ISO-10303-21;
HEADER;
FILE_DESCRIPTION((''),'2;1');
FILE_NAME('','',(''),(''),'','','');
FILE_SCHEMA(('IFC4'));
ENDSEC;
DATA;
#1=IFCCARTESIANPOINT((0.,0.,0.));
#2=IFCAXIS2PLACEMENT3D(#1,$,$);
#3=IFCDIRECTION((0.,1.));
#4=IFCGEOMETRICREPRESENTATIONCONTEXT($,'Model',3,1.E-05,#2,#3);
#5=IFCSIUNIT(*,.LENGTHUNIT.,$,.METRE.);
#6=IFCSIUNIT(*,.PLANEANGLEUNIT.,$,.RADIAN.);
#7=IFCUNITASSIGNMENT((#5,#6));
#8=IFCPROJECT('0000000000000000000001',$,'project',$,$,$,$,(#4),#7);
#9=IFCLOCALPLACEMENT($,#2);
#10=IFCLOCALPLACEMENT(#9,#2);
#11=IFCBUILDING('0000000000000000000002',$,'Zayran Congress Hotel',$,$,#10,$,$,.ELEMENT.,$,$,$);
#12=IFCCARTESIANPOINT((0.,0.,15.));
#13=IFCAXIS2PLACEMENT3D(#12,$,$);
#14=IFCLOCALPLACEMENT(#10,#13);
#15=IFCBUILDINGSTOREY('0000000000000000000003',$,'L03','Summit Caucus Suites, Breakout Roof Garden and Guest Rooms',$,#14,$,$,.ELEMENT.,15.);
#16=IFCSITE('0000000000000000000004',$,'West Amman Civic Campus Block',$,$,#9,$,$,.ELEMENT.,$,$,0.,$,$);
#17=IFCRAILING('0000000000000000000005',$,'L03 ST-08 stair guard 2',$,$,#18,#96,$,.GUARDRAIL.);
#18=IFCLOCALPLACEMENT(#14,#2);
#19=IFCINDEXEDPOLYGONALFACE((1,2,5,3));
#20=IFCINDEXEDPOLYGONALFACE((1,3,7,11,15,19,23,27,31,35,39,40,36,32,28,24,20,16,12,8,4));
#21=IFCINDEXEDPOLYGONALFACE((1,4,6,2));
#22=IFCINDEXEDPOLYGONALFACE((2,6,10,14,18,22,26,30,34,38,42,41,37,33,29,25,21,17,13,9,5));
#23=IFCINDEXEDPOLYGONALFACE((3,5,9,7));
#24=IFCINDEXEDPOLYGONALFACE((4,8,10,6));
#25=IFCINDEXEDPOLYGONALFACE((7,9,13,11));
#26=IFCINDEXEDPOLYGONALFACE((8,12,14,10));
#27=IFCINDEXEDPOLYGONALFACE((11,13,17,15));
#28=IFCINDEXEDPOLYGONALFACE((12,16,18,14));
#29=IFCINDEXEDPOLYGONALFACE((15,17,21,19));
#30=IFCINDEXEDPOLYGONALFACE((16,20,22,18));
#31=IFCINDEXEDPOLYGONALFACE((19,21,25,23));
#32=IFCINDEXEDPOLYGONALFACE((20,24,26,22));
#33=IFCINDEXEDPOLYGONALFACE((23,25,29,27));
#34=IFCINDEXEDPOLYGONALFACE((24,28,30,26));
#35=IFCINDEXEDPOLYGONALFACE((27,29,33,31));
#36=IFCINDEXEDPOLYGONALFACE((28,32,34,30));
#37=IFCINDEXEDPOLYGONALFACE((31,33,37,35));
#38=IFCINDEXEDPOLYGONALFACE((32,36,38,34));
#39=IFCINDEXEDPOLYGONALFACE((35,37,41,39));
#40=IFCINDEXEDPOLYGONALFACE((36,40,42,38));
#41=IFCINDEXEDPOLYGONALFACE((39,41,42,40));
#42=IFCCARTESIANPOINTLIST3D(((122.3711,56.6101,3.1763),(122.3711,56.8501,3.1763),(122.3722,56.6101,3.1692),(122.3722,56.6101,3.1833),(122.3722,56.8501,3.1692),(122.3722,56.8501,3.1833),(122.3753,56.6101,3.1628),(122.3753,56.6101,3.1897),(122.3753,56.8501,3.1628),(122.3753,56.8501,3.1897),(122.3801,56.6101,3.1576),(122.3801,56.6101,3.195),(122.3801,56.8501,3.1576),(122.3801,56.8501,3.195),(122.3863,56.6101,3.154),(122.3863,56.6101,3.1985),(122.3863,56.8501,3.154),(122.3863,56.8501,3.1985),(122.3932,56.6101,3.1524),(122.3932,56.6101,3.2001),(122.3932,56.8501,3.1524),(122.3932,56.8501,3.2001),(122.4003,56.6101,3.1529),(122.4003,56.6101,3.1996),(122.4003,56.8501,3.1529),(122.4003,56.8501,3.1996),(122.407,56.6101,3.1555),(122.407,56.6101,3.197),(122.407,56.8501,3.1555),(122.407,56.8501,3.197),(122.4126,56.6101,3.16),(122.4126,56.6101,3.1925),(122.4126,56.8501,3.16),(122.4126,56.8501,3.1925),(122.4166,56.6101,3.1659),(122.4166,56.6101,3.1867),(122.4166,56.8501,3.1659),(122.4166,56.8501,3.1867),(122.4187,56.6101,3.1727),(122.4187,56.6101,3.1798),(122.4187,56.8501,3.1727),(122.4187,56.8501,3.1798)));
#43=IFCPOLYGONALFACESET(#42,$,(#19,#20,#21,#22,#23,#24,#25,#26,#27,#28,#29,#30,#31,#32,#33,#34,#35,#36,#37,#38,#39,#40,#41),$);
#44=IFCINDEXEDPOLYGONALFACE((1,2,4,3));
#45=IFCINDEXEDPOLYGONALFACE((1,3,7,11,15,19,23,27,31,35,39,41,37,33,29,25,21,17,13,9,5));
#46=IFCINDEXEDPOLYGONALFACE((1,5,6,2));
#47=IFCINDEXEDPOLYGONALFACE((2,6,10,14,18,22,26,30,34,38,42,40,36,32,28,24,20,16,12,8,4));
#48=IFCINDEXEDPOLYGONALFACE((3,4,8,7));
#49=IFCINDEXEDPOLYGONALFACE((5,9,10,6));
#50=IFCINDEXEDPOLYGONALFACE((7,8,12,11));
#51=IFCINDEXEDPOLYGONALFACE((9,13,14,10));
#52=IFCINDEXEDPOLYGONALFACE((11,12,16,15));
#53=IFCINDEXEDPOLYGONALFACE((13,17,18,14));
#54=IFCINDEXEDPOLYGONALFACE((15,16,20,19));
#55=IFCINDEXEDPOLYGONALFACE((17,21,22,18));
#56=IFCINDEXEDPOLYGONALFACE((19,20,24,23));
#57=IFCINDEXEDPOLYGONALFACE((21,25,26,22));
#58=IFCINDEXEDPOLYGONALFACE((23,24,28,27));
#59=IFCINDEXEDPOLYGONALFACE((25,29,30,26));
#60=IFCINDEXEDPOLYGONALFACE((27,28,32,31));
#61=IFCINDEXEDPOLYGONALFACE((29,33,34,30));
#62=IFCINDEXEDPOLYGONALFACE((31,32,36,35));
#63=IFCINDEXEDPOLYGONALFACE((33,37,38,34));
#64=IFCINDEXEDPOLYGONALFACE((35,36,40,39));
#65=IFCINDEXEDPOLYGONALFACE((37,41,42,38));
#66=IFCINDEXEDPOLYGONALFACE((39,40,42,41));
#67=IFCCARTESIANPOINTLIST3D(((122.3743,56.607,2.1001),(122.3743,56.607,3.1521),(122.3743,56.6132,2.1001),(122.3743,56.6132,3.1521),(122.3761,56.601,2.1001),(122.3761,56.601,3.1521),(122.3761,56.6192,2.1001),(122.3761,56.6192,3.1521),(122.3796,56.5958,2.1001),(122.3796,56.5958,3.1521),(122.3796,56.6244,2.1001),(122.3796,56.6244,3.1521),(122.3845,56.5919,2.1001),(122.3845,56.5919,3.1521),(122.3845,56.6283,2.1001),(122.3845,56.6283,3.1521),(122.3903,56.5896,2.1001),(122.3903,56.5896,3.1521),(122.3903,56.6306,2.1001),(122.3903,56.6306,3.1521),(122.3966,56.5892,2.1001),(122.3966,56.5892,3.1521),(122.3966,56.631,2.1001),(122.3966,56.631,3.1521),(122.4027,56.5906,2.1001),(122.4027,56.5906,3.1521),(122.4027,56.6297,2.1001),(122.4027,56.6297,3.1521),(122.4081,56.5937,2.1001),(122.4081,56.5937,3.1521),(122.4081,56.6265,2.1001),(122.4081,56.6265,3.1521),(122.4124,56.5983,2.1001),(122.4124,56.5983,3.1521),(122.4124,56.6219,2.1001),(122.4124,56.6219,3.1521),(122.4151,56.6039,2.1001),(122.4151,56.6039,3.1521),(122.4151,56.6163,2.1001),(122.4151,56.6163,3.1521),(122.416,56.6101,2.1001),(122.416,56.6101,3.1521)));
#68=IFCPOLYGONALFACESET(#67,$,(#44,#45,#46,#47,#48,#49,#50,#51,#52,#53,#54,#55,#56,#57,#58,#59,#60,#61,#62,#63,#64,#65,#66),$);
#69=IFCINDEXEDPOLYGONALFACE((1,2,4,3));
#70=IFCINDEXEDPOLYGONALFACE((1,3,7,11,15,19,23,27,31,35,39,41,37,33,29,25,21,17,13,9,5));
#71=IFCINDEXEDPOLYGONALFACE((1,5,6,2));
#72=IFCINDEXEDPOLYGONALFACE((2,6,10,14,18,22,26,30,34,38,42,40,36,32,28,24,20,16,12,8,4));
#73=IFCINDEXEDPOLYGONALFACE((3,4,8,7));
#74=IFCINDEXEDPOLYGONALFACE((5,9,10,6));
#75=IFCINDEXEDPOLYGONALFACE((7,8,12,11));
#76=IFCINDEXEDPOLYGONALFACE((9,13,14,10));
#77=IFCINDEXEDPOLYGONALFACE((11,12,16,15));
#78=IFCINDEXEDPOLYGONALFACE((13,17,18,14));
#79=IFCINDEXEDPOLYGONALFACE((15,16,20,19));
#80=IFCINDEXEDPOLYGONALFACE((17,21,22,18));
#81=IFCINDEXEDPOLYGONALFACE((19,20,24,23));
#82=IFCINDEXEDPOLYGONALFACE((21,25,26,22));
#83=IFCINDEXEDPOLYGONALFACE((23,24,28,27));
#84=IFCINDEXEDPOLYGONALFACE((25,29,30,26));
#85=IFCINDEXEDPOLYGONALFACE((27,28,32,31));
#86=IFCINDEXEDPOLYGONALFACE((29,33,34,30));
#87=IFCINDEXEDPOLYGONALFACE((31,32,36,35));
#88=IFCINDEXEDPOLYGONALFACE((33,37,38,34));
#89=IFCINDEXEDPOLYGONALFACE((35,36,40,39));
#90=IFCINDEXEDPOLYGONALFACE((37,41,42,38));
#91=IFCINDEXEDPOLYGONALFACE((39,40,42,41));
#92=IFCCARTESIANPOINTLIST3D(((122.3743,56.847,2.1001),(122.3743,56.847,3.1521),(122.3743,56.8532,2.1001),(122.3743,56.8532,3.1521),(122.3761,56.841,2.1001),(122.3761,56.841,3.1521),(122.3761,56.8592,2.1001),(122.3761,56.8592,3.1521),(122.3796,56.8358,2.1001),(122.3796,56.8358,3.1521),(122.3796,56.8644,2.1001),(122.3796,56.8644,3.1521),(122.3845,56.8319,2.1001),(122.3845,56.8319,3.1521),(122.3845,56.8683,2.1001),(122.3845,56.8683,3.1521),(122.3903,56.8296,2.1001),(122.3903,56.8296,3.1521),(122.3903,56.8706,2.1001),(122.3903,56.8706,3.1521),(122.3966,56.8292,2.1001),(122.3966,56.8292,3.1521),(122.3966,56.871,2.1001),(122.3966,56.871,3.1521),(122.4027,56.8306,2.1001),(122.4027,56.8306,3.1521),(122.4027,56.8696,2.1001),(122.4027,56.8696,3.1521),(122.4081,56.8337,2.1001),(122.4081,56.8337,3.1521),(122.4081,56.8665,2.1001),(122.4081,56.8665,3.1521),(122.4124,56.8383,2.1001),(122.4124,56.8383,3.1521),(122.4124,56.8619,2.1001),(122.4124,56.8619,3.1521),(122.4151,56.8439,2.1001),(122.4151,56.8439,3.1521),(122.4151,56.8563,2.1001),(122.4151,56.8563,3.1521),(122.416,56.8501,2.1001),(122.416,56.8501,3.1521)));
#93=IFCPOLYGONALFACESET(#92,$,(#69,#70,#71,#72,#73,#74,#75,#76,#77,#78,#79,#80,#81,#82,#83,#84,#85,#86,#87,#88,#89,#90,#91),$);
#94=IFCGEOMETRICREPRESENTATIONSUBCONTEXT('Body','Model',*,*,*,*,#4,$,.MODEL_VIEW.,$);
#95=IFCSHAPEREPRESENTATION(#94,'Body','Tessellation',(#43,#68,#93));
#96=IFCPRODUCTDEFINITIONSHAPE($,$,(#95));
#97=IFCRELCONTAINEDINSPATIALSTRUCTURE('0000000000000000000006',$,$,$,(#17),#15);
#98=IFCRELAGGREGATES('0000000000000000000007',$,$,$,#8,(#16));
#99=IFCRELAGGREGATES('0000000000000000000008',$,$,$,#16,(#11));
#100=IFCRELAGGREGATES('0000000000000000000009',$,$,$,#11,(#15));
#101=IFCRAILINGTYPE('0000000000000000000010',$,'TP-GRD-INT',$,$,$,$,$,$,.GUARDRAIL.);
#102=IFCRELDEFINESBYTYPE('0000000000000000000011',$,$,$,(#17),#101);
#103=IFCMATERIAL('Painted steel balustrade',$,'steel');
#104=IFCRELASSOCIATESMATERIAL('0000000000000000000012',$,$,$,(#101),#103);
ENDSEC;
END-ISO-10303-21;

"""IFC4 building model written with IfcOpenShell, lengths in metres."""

from ifc_helpers import new_model, si_unit, direction, frame, origin, origin_2d, place, context, subcontext, project, spatial, circle, extrude, material, type_object, element, save


model = new_model("IFC4")

# Units and contexts
model_context = context("Model", 3, precision=1e-05, world=origin(), true_north=direction((0.0, 1.0)))
body_context = subcontext(model_context, "Body", "Model", "MODEL_VIEW")
ifc_project = project(units=[si_unit("LENGTHUNIT", "METRE"), si_unit("PLANEANGLEUNIT", "RADIAN")], contexts=[model_context])

# Site, building, storey
site_placement = place(None, origin())
site = spatial("IfcSite", under=ifc_project, at=site_placement, Name="West Amman Civic Campus Block", CompositionType="ELEMENT", RefElevation=0.0)
building_placement = place(site_placement, origin())
building = spatial("IfcBuilding", under=site, at=building_placement, Name="Zayran Congress Hotel", CompositionType="ELEMENT")
storey_placement = place(building_placement, frame((0.0, 0.0, 15.0)))
storey = spatial("IfcBuildingStorey", under=building, at=storey_placement, Name="L03", Description="Summit Caucus Suites, Breakout Roof Garden and Guest Rooms", CompositionType="ELEMENT", Elevation=15.0)

# Railing
ifc_material_1 = material(Name="Painted steel balustrade", Category="steel")
railing_type_1 = type_object("IfcRailingType", Name="TP-GRD-INT", PredefinedType="GUARDRAIL", material=ifc_material_1)
railing_1_placement = place(storey_placement, frame((122.395, 56.6101, 2.1001)))
element("IfcRailing", 1, at=railing_1_placement, inside=storey, type_object=railing_type_1, Name="L03 ST-08 stair guard 2", PredefinedType="GUARDRAIL", context=body_context, shape_type="SweptSolid", body=[
    extrude(circle(Radius=0.0239, at=origin_2d()), frame((0.0, 0.0, 1.0762), z_axis=(0.0, 1.0, 0.0), x_axis=(-1.0, 0.0, 0.0)), (0.0, 0.0, 1.0), 0.24),
    extrude(circle(Radius=0.021, at=origin_2d()), origin(), (0.0, 0.0, 1.0), 1.052),
    extrude(circle(Radius=0.021, at=origin_2d()), frame((0.0, 0.24, 0.0)), (0.0, 0.0, 1.0), 1.052),
])

save(model, "model.ifc")
